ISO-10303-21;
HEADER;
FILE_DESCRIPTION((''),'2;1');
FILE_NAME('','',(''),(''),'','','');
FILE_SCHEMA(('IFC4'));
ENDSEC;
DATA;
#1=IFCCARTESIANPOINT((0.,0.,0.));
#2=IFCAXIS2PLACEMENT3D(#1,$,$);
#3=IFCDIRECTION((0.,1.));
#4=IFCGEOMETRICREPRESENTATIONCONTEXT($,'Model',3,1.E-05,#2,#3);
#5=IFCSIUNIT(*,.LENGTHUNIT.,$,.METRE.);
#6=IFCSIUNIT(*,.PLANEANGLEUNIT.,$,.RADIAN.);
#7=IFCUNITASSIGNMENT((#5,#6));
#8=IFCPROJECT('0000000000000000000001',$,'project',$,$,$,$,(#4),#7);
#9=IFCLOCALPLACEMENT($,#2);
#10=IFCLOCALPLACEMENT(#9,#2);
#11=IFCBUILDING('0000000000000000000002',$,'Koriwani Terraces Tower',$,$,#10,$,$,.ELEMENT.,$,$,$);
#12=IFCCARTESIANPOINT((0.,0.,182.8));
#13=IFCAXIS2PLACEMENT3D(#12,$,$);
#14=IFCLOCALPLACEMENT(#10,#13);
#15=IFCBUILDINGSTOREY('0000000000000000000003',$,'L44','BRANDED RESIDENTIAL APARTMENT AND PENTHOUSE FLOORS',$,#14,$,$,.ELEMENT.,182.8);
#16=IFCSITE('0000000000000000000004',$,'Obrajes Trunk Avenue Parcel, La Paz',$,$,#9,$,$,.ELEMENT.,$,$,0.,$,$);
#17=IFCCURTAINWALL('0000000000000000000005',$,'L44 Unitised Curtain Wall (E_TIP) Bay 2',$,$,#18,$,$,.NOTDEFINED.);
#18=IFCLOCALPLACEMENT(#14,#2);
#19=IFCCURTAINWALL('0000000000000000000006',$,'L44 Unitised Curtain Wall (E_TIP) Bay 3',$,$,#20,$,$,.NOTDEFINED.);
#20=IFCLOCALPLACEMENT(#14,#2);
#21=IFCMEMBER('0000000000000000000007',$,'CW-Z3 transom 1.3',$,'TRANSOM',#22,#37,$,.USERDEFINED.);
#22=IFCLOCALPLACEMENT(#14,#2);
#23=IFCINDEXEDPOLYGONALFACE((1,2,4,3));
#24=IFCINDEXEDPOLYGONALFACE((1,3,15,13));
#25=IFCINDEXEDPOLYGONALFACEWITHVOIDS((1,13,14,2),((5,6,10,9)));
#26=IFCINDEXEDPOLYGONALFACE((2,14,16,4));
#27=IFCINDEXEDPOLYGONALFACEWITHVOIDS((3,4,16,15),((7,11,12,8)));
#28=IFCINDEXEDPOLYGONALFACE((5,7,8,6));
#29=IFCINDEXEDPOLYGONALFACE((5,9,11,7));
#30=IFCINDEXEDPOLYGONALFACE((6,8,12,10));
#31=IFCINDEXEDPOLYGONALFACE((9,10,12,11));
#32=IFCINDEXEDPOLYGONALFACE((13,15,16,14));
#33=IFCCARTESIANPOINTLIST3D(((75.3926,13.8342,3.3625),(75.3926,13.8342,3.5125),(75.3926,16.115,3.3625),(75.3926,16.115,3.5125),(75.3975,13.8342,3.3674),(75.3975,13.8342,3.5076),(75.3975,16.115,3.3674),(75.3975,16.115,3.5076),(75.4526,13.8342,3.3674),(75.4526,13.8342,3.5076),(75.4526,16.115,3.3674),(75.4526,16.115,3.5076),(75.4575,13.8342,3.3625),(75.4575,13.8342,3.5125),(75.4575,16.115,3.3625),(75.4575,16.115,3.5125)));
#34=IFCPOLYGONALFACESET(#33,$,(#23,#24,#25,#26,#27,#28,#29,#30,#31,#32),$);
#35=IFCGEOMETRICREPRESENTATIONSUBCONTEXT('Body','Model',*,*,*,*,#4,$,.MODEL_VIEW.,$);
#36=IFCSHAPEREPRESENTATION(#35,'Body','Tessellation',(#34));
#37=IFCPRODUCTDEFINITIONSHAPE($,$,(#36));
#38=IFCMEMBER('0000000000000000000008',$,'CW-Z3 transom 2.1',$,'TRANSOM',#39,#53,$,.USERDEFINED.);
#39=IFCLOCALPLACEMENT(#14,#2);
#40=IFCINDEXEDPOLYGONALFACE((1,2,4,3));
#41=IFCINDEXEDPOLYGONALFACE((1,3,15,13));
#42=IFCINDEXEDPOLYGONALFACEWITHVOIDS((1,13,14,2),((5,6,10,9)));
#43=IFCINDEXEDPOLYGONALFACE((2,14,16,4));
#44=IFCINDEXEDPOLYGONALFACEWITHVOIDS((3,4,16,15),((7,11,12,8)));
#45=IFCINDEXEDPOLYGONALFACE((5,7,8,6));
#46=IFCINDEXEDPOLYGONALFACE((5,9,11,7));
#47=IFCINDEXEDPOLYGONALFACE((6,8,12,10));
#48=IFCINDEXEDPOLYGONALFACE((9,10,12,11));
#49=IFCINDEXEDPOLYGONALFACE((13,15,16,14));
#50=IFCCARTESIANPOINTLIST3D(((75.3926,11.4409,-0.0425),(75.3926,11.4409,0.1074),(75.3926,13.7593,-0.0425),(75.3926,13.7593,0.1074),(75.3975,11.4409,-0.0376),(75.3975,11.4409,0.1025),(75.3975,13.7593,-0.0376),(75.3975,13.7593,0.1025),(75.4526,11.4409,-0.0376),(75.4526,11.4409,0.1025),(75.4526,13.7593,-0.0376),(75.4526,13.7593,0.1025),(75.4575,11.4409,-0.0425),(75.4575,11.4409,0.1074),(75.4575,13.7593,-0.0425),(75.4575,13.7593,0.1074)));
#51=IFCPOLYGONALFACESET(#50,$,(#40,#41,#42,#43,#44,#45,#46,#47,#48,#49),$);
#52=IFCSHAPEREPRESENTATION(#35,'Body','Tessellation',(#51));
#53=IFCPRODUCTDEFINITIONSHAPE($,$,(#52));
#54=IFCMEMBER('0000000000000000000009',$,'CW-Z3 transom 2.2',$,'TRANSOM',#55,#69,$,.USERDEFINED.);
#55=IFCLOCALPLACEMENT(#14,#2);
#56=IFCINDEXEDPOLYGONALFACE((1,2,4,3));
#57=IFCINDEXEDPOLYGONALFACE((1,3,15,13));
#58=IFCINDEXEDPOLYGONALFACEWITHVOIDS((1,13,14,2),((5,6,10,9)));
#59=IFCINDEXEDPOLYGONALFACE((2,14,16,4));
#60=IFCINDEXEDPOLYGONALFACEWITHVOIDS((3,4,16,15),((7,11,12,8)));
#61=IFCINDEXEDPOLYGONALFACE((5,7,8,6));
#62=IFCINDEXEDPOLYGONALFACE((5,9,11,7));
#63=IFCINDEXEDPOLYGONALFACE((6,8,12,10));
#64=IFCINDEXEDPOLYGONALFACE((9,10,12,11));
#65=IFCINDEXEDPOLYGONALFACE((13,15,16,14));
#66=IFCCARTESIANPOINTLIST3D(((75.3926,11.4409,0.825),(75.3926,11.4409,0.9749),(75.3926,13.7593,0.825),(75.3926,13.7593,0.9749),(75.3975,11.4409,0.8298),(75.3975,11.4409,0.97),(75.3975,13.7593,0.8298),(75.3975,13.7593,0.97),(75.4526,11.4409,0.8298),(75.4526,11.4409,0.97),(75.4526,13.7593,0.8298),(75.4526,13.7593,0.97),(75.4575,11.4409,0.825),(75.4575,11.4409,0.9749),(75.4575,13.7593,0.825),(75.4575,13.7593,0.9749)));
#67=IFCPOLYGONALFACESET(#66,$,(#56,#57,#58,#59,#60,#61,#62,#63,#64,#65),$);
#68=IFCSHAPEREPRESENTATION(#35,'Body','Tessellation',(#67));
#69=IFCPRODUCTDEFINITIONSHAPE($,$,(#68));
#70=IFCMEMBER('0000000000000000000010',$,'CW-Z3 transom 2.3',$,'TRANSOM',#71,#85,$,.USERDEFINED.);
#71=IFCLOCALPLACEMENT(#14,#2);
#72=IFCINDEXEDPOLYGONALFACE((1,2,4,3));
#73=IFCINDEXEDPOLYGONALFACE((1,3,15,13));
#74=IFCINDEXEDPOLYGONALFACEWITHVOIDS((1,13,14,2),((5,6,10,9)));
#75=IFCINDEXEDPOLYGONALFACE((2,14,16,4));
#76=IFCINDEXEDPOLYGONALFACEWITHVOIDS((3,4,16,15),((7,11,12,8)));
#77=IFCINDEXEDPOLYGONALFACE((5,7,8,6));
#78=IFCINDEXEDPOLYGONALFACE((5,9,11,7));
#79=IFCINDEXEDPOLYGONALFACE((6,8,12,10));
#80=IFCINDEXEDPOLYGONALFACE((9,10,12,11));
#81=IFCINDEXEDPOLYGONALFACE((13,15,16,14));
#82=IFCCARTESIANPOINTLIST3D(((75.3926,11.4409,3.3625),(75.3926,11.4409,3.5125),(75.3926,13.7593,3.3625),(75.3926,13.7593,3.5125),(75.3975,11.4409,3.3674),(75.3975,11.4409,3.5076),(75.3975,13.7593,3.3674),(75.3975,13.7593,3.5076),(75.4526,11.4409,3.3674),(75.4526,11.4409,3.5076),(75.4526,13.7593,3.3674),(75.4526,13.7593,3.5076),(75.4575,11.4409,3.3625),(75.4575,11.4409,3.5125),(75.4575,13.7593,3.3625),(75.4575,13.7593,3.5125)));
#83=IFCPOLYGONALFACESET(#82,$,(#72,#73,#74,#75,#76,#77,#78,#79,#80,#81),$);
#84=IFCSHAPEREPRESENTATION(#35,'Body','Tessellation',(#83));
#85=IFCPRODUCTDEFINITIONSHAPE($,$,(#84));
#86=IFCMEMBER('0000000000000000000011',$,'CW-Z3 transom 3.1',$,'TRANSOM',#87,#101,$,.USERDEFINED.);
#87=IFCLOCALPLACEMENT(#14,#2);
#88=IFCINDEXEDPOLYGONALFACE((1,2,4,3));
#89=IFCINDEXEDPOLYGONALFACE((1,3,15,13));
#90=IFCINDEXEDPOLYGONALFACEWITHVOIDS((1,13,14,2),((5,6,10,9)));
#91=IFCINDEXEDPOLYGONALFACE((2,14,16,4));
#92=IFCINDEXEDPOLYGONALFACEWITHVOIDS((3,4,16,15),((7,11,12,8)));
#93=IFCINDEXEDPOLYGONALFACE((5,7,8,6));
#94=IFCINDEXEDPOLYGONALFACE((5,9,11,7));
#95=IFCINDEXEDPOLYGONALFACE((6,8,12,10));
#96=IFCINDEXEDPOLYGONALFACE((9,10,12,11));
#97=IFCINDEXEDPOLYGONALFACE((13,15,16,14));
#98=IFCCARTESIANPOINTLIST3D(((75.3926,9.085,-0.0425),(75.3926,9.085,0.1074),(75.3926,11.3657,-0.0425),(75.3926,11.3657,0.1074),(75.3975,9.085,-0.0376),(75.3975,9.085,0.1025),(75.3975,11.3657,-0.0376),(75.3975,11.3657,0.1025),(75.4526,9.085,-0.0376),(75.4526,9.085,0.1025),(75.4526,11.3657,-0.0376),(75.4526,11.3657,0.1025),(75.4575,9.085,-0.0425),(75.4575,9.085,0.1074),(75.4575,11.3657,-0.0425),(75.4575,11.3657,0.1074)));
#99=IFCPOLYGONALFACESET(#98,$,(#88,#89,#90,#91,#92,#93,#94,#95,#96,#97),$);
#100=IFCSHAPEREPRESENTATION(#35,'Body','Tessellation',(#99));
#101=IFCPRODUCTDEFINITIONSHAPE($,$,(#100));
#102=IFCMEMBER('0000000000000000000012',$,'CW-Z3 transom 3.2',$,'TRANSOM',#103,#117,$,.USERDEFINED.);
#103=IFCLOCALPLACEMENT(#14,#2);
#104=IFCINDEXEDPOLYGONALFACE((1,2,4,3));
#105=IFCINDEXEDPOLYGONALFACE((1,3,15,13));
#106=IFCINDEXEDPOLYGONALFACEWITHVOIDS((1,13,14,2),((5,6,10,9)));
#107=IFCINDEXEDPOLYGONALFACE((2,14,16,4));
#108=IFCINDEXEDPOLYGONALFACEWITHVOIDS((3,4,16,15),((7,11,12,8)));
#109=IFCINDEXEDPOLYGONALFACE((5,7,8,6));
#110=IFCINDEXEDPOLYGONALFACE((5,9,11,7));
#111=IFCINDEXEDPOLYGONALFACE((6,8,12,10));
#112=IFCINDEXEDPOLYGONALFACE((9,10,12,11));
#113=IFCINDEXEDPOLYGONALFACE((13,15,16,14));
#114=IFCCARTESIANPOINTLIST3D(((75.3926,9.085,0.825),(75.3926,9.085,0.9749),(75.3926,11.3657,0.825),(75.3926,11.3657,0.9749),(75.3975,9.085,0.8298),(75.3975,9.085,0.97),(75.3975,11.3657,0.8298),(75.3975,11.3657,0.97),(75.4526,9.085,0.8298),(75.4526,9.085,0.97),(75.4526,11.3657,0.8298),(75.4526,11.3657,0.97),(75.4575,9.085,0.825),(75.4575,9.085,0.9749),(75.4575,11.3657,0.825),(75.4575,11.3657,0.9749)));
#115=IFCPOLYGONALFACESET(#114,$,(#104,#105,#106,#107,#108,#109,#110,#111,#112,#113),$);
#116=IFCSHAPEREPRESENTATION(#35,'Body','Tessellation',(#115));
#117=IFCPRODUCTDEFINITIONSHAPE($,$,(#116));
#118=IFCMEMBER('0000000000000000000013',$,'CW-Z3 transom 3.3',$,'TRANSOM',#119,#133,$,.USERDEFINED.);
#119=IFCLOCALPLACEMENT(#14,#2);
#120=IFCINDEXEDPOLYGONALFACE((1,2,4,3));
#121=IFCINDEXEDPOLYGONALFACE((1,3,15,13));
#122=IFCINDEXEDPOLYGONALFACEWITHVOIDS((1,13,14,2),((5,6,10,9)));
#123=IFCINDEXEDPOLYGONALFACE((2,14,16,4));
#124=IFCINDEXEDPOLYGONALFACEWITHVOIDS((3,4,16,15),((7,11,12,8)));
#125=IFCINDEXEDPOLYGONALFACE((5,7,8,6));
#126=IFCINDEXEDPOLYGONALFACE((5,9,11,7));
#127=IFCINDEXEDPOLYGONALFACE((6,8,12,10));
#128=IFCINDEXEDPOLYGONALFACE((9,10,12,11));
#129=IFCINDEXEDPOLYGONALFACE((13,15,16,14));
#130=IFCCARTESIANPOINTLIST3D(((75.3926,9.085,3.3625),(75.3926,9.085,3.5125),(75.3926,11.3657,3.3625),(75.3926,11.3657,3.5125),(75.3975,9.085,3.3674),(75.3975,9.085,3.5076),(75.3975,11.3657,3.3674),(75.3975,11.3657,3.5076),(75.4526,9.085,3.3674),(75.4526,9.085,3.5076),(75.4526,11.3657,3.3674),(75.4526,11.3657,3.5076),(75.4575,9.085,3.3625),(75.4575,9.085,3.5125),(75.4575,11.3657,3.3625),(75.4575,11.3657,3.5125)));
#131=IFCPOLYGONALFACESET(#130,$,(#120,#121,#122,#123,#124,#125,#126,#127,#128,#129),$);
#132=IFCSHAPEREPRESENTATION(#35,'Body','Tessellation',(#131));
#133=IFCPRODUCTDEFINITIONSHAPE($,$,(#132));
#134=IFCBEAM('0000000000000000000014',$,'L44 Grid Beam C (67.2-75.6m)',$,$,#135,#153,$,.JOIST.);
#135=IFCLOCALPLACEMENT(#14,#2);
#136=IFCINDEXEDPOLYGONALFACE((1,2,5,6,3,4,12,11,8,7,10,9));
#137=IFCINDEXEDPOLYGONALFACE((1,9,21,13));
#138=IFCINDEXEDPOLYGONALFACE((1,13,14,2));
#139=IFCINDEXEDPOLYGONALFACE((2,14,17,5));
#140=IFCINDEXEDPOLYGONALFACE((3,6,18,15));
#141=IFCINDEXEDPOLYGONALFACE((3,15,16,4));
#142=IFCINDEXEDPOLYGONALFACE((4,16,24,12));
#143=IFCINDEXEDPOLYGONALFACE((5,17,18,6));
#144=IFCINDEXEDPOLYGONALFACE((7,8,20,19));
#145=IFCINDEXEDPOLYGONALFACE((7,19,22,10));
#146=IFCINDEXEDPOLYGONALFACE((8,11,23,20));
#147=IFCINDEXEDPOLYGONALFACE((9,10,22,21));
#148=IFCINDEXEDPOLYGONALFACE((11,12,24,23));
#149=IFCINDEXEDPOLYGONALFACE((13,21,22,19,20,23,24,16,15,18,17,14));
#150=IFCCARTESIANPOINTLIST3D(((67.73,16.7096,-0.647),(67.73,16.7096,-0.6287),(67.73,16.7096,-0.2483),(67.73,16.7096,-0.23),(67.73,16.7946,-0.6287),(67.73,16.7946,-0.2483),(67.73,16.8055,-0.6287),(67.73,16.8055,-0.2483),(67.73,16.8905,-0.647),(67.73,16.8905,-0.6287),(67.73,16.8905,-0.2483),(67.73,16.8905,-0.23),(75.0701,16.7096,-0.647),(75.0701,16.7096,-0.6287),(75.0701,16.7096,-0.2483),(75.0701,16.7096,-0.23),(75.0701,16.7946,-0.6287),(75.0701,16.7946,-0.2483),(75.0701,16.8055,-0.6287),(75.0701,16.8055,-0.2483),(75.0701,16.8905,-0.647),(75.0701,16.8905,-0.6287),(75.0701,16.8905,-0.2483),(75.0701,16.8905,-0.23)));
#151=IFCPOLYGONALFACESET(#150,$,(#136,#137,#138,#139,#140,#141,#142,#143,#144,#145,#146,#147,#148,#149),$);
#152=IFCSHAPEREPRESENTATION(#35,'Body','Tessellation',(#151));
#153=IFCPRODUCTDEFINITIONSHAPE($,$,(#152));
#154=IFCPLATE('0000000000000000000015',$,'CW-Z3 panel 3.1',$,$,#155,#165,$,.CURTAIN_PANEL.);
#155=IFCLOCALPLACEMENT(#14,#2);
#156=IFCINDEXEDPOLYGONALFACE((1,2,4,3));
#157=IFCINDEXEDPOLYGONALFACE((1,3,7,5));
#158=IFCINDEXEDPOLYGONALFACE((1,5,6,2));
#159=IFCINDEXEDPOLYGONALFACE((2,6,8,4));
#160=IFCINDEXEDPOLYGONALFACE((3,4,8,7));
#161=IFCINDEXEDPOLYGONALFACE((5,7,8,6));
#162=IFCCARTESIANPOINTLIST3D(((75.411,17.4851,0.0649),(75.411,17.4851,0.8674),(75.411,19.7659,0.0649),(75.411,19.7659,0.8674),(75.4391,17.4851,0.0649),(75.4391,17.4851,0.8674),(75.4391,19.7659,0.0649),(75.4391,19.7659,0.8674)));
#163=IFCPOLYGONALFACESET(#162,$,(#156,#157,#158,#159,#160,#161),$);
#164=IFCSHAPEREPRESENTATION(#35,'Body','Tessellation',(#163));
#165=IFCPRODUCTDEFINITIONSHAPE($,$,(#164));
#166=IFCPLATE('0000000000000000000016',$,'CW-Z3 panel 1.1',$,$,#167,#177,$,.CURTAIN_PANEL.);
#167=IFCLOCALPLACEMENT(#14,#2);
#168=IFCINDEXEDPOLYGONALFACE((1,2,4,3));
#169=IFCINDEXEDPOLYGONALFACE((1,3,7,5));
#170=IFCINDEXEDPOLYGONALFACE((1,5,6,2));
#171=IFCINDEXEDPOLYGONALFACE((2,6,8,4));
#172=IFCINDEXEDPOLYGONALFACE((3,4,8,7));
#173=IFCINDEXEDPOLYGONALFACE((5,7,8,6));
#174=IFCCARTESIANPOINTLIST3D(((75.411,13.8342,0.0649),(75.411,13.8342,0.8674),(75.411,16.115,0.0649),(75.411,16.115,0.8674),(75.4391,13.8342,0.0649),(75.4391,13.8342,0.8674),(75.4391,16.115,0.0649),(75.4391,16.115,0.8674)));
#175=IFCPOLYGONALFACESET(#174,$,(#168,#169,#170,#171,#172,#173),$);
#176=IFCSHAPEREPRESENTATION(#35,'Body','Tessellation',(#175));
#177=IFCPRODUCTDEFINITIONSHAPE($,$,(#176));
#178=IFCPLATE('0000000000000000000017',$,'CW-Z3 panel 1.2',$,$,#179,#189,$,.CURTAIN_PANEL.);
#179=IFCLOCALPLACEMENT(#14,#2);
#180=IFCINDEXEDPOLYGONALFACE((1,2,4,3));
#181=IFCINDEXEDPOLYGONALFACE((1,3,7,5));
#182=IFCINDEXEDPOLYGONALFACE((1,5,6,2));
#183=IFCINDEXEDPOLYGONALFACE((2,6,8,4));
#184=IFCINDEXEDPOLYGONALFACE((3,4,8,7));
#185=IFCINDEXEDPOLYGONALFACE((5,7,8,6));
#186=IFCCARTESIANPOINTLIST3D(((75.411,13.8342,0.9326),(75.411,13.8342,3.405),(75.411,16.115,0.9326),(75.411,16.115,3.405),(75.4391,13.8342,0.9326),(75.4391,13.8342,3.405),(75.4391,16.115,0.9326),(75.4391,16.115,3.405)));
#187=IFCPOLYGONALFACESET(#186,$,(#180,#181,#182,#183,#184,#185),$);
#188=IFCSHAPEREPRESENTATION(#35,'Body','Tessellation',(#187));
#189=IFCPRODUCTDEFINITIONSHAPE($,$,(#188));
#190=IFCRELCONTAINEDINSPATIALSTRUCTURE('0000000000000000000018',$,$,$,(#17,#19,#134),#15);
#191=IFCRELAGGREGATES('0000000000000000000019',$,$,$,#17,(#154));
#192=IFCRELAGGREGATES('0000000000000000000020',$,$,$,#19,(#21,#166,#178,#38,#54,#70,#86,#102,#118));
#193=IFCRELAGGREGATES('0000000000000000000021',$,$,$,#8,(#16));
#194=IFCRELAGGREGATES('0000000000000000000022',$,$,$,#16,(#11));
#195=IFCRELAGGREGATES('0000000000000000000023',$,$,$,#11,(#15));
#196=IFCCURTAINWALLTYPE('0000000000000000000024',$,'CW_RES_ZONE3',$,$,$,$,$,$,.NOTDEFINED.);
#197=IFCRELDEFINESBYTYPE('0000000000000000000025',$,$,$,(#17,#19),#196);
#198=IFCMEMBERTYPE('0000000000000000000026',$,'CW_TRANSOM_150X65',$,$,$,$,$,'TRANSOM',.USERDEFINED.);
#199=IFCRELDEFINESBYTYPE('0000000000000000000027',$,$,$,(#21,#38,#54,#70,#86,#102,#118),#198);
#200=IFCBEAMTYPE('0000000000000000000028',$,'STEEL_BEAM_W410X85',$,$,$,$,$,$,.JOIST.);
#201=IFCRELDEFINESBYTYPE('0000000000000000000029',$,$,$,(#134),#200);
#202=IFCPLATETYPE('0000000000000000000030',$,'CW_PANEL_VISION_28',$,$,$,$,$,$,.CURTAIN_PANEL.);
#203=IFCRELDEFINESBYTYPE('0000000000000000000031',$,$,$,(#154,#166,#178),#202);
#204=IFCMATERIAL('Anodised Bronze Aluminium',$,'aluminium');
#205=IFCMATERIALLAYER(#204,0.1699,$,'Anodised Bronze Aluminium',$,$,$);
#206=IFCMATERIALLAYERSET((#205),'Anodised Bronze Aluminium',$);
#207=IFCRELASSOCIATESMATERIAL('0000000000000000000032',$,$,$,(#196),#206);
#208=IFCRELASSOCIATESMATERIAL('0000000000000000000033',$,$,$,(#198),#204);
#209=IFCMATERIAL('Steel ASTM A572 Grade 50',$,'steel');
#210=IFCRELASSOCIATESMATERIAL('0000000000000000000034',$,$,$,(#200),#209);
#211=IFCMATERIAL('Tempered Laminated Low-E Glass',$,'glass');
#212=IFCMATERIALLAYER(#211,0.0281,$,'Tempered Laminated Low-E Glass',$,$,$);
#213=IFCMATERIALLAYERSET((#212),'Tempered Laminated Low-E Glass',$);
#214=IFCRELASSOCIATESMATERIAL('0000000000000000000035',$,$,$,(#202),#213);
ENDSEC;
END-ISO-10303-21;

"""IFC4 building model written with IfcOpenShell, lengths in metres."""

from ifc_helpers import new_model, si_unit, direction, frame, origin, origin_2d, place, context, subcontext, project, spatial, rectangle, hollow_rectangle, i_section, extrude, material, layer, layer_set, material_profile, profile_set, type_object, element, aggregate, save


model = new_model("IFC4")

# Units and contexts
model_context = context("Model", 3, precision=1e-05, world=origin(), true_north=direction((0.0, 1.0)))
body_context = subcontext(model_context, "Body", "Model", "MODEL_VIEW")
ifc_project = project(units=[si_unit("LENGTHUNIT", "METRE"), si_unit("PLANEANGLEUNIT", "RADIAN")], contexts=[model_context])

# Site, building, storey
site_placement = place(None, origin())
site = spatial("IfcSite", under=ifc_project, at=site_placement, Name="Obrajes Trunk Avenue Parcel, La Paz", CompositionType="ELEMENT", RefElevation=0.0)
building_placement = place(site_placement, origin())
building = spatial("IfcBuilding", under=site, at=building_placement, Name="Koriwani Terraces Tower", CompositionType="ELEMENT")
storey_placement = place(building_placement, frame((0.0, 0.0, 182.8)))
storey = spatial("IfcBuildingStorey", under=building, at=storey_placement, Name="L44", Description="BRANDED RESIDENTIAL APARTMENT AND PENTHOUSE FLOORS", CompositionType="ELEMENT", Elevation=182.8)

# Curtain wall
ifc_material_1 = material(Name="Anodised Bronze Aluminium", Category="aluminium")
ifc_layer_1 = layer(ifc_material_1, 0.1699, Name="Anodised Bronze Aluminium")
ifc_layer_set_1 = layer_set([ifc_layer_1], Name="Anodised Bronze Aluminium")
curtain_wall_type = type_object("IfcCurtainWallType", Name="CW_RES_ZONE3", PredefinedType="NOTDEFINED", material=ifc_layer_set_1)
curtain_wall_1_placement = place(storey_placement, origin())
curtain_wall_1 = element("IfcCurtainWall", 1, at=curtain_wall_1_placement, inside=storey, type_object=curtain_wall_type, Name="L44 Unitised Curtain Wall (E_TIP) Bay 2", PredefinedType="NOTDEFINED")

# Curtain wall, members
curtain_wall_2_placement = place(storey_placement, origin())
curtain_wall_2 = element("IfcCurtainWall", 2, at=curtain_wall_2_placement, inside=storey, type_object=curtain_wall_type, Name="L44 Unitised Curtain Wall (E_TIP) Bay 3", PredefinedType="NOTDEFINED")
ifc_material_profile_1 = material_profile(ifc_material_1, hollow_rectangle(XDim=0.0649, YDim=0.1499, WallThickness=0.0049, at=origin_2d()), Name="Anodised Bronze Aluminium", Category="LoadBearing")
ifc_profile_set_1 = profile_set([ifc_material_profile_1], Name="Anodised Bronze Aluminium")
member_type_1 = type_object("IfcMemberType", Name="CW_TRANSOM_150X65", ElementType="TRANSOM", PredefinedType="USERDEFINED", material=ifc_profile_set_1)
member_1_placement = place(storey_placement, frame((75.425, 16.115, 3.4375), z_axis=(0.0, -1.0, 0.0), x_axis=(1.0, 0.0, 0.0)))
member_1 = element("IfcMember", 3, at=member_1_placement, type_object=member_type_1, Name="CW-Z3 transom 1.3", ObjectType="TRANSOM", PredefinedType="USERDEFINED", context=body_context, shape_type="SweptSolid", body=[
    extrude(hollow_rectangle(XDim=0.0649, YDim=0.1499, WallThickness=0.0049, at=origin_2d()), origin(), (0.0, 0.0, 1.0), 2.2808),
])
member_2_placement = place(storey_placement, frame((75.425, 13.7593, 0.0325), z_axis=(0.0, -1.0, 0.0), x_axis=(1.0, 0.0, 0.0)))
member_2 = element("IfcMember", 4, at=member_2_placement, type_object=member_type_1, Name="CW-Z3 transom 2.1", ObjectType="TRANSOM", PredefinedType="USERDEFINED", context=body_context, shape_type="SweptSolid", body=[
    extrude(hollow_rectangle(XDim=0.0649, YDim=0.1499, WallThickness=0.0049, at=origin_2d()), origin(), (0.0, 0.0, 1.0), 2.3184),
])
member_3_placement = place(storey_placement, frame((75.425, 13.7593, 0.8999), z_axis=(0.0, -1.0, 0.0), x_axis=(1.0, 0.0, 0.0)))
member_3 = element("IfcMember", 5, at=member_3_placement, type_object=member_type_1, Name="CW-Z3 transom 2.2", ObjectType="TRANSOM", PredefinedType="USERDEFINED", context=body_context, shape_type="SweptSolid", body=[
    extrude(hollow_rectangle(XDim=0.0649, YDim=0.1499, WallThickness=0.0049, at=origin_2d()), origin(), (0.0, 0.0, 1.0), 2.3184),
])
member_4_placement = place(storey_placement, frame((75.425, 13.7593, 3.4375), z_axis=(0.0, -1.0, 0.0), x_axis=(1.0, 0.0, 0.0)))
member_4 = element("IfcMember", 6, at=member_4_placement, type_object=member_type_1, Name="CW-Z3 transom 2.3", ObjectType="TRANSOM", PredefinedType="USERDEFINED", context=body_context, shape_type="SweptSolid", body=[
    extrude(hollow_rectangle(XDim=0.0649, YDim=0.1499, WallThickness=0.0049, at=origin_2d()), origin(), (0.0, 0.0, 1.0), 2.3184),
])
member_5_placement = place(storey_placement, frame((75.425, 11.3657, 0.0325), z_axis=(0.0, -1.0, 0.0), x_axis=(1.0, 0.0, 0.0)))
member_5 = element("IfcMember", 7, at=member_5_placement, type_object=member_type_1, Name="CW-Z3 transom 3.1", ObjectType="TRANSOM", PredefinedType="USERDEFINED", context=body_context, shape_type="SweptSolid", body=[
    extrude(hollow_rectangle(XDim=0.0649, YDim=0.1499, WallThickness=0.0049, at=origin_2d()), origin(), (0.0, 0.0, 1.0), 2.2808),
])
member_6_placement = place(storey_placement, frame((75.425, 11.3657, 0.8999), z_axis=(0.0, -1.0, 0.0), x_axis=(1.0, 0.0, 0.0)))
member_6 = element("IfcMember", 8, at=member_6_placement, type_object=member_type_1, Name="CW-Z3 transom 3.2", ObjectType="TRANSOM", PredefinedType="USERDEFINED", context=body_context, shape_type="SweptSolid", body=[
    extrude(hollow_rectangle(XDim=0.0649, YDim=0.1499, WallThickness=0.0049, at=origin_2d()), origin(), (0.0, 0.0, 1.0), 2.2808),
])
member_7_placement = place(storey_placement, frame((75.425, 11.3657, 3.4375), z_axis=(0.0, -1.0, 0.0), x_axis=(1.0, 0.0, 0.0)))
member_7 = element("IfcMember", 9, at=member_7_placement, type_object=member_type_1, Name="CW-Z3 transom 3.3", ObjectType="TRANSOM", PredefinedType="USERDEFINED", context=body_context, shape_type="SweptSolid", body=[
    extrude(hollow_rectangle(XDim=0.0649, YDim=0.1499, WallThickness=0.0049, at=origin_2d()), origin(), (0.0, 0.0, 1.0), 2.2808),
])

# Beam
ifc_material_2 = material(Name="Steel ASTM A572 Grade 50", Category="steel")
ifc_material_profile_2 = material_profile(ifc_material_2, i_section(OverallWidth=0.1809, OverallDepth=0.417, WebThickness=0.011, FlangeThickness=0.0183, at=origin_2d()), Name="Steel ASTM A572 Grade 50", Category="LoadBearing")
ifc_profile_set_2 = profile_set([ifc_material_profile_2], Name="Steel ASTM A572 Grade 50")
beam_type_1 = type_object("IfcBeamType", Name="STEEL_BEAM_W410X85", PredefinedType="JOIST", material=ifc_profile_set_2)
beam_1_placement = place(storey_placement, frame((67.73, 16.8, -0.4385), z_axis=(1.0, 0.0, 0.0), x_axis=(0.0, 1.0, 0.0)))
element("IfcBeam", 10, at=beam_1_placement, inside=storey, type_object=beam_type_1, Name="L44 Grid Beam C (67.2-75.6m)", PredefinedType="JOIST", context=body_context, shape_type="SweptSolid", body=[
    extrude(i_section(OverallWidth=0.1809, OverallDepth=0.417, WebThickness=0.011, FlangeThickness=0.0183, at=origin_2d()), origin(), (0.0, 0.0, 1.0), 7.3401),
])

# Plates
ifc_material_3 = material(Name="Tempered Laminated Low-E Glass", Category="glass")
ifc_layer_2 = layer(ifc_material_3, 0.0281, Name="Tempered Laminated Low-E Glass")
ifc_layer_set_2 = layer_set([ifc_layer_2], Name="Tempered Laminated Low-E Glass")
plate_type = type_object("IfcPlateType", Name="CW_PANEL_VISION_28", PredefinedType="CURTAIN_PANEL", material=ifc_layer_set_2)
plate_1_placement = place(storey_placement, frame((75.425, 18.6255, 0.0649), z_axis=(0.0, 0.0, 1.0), x_axis=(0.0, -1.0, 0.0)))
plate_1 = element("IfcPlate", 11, at=plate_1_placement, type_object=plate_type, Name="CW-Z3 panel 3.1", PredefinedType="CURTAIN_PANEL", context=body_context, shape_type="SweptSolid", body=[
    extrude(rectangle(XDim=2.2808, YDim=0.0281, at=origin_2d()), origin(), (0.0, 0.0, 1.0), 0.8025),
])
aggregate(curtain_wall_1, [plate_1])
plate_2_placement = place(storey_placement, frame((75.425, 14.9746, 0.0649), z_axis=(0.0, 0.0, 1.0), x_axis=(0.0, -1.0, 0.0)))
plate_2 = element("IfcPlate", 12, at=plate_2_placement, type_object=plate_type, Name="CW-Z3 panel 1.1", PredefinedType="CURTAIN_PANEL", context=body_context, shape_type="SweptSolid", body=[
    extrude(rectangle(XDim=2.2808, YDim=0.0281, at=origin_2d()), origin(), (0.0, 0.0, 1.0), 0.8025),
])
plate_3_placement = place(storey_placement, frame((75.425, 14.9746, 0.9326), z_axis=(0.0, 0.0, 1.0), x_axis=(0.0, -1.0, 0.0)))
plate_3 = element("IfcPlate", 13, at=plate_3_placement, type_object=plate_type, Name="CW-Z3 panel 1.2", PredefinedType="CURTAIN_PANEL", context=body_context, shape_type="SweptSolid", body=[
    extrude(rectangle(XDim=2.2808, YDim=0.0281, at=origin_2d()), origin(), (0.0, 0.0, 1.0), 2.4724),
])
aggregate(curtain_wall_2, [member_1, plate_2, plate_3, member_2, member_3, member_4, member_5, member_6, member_7])

save(model, "model.ifc")
